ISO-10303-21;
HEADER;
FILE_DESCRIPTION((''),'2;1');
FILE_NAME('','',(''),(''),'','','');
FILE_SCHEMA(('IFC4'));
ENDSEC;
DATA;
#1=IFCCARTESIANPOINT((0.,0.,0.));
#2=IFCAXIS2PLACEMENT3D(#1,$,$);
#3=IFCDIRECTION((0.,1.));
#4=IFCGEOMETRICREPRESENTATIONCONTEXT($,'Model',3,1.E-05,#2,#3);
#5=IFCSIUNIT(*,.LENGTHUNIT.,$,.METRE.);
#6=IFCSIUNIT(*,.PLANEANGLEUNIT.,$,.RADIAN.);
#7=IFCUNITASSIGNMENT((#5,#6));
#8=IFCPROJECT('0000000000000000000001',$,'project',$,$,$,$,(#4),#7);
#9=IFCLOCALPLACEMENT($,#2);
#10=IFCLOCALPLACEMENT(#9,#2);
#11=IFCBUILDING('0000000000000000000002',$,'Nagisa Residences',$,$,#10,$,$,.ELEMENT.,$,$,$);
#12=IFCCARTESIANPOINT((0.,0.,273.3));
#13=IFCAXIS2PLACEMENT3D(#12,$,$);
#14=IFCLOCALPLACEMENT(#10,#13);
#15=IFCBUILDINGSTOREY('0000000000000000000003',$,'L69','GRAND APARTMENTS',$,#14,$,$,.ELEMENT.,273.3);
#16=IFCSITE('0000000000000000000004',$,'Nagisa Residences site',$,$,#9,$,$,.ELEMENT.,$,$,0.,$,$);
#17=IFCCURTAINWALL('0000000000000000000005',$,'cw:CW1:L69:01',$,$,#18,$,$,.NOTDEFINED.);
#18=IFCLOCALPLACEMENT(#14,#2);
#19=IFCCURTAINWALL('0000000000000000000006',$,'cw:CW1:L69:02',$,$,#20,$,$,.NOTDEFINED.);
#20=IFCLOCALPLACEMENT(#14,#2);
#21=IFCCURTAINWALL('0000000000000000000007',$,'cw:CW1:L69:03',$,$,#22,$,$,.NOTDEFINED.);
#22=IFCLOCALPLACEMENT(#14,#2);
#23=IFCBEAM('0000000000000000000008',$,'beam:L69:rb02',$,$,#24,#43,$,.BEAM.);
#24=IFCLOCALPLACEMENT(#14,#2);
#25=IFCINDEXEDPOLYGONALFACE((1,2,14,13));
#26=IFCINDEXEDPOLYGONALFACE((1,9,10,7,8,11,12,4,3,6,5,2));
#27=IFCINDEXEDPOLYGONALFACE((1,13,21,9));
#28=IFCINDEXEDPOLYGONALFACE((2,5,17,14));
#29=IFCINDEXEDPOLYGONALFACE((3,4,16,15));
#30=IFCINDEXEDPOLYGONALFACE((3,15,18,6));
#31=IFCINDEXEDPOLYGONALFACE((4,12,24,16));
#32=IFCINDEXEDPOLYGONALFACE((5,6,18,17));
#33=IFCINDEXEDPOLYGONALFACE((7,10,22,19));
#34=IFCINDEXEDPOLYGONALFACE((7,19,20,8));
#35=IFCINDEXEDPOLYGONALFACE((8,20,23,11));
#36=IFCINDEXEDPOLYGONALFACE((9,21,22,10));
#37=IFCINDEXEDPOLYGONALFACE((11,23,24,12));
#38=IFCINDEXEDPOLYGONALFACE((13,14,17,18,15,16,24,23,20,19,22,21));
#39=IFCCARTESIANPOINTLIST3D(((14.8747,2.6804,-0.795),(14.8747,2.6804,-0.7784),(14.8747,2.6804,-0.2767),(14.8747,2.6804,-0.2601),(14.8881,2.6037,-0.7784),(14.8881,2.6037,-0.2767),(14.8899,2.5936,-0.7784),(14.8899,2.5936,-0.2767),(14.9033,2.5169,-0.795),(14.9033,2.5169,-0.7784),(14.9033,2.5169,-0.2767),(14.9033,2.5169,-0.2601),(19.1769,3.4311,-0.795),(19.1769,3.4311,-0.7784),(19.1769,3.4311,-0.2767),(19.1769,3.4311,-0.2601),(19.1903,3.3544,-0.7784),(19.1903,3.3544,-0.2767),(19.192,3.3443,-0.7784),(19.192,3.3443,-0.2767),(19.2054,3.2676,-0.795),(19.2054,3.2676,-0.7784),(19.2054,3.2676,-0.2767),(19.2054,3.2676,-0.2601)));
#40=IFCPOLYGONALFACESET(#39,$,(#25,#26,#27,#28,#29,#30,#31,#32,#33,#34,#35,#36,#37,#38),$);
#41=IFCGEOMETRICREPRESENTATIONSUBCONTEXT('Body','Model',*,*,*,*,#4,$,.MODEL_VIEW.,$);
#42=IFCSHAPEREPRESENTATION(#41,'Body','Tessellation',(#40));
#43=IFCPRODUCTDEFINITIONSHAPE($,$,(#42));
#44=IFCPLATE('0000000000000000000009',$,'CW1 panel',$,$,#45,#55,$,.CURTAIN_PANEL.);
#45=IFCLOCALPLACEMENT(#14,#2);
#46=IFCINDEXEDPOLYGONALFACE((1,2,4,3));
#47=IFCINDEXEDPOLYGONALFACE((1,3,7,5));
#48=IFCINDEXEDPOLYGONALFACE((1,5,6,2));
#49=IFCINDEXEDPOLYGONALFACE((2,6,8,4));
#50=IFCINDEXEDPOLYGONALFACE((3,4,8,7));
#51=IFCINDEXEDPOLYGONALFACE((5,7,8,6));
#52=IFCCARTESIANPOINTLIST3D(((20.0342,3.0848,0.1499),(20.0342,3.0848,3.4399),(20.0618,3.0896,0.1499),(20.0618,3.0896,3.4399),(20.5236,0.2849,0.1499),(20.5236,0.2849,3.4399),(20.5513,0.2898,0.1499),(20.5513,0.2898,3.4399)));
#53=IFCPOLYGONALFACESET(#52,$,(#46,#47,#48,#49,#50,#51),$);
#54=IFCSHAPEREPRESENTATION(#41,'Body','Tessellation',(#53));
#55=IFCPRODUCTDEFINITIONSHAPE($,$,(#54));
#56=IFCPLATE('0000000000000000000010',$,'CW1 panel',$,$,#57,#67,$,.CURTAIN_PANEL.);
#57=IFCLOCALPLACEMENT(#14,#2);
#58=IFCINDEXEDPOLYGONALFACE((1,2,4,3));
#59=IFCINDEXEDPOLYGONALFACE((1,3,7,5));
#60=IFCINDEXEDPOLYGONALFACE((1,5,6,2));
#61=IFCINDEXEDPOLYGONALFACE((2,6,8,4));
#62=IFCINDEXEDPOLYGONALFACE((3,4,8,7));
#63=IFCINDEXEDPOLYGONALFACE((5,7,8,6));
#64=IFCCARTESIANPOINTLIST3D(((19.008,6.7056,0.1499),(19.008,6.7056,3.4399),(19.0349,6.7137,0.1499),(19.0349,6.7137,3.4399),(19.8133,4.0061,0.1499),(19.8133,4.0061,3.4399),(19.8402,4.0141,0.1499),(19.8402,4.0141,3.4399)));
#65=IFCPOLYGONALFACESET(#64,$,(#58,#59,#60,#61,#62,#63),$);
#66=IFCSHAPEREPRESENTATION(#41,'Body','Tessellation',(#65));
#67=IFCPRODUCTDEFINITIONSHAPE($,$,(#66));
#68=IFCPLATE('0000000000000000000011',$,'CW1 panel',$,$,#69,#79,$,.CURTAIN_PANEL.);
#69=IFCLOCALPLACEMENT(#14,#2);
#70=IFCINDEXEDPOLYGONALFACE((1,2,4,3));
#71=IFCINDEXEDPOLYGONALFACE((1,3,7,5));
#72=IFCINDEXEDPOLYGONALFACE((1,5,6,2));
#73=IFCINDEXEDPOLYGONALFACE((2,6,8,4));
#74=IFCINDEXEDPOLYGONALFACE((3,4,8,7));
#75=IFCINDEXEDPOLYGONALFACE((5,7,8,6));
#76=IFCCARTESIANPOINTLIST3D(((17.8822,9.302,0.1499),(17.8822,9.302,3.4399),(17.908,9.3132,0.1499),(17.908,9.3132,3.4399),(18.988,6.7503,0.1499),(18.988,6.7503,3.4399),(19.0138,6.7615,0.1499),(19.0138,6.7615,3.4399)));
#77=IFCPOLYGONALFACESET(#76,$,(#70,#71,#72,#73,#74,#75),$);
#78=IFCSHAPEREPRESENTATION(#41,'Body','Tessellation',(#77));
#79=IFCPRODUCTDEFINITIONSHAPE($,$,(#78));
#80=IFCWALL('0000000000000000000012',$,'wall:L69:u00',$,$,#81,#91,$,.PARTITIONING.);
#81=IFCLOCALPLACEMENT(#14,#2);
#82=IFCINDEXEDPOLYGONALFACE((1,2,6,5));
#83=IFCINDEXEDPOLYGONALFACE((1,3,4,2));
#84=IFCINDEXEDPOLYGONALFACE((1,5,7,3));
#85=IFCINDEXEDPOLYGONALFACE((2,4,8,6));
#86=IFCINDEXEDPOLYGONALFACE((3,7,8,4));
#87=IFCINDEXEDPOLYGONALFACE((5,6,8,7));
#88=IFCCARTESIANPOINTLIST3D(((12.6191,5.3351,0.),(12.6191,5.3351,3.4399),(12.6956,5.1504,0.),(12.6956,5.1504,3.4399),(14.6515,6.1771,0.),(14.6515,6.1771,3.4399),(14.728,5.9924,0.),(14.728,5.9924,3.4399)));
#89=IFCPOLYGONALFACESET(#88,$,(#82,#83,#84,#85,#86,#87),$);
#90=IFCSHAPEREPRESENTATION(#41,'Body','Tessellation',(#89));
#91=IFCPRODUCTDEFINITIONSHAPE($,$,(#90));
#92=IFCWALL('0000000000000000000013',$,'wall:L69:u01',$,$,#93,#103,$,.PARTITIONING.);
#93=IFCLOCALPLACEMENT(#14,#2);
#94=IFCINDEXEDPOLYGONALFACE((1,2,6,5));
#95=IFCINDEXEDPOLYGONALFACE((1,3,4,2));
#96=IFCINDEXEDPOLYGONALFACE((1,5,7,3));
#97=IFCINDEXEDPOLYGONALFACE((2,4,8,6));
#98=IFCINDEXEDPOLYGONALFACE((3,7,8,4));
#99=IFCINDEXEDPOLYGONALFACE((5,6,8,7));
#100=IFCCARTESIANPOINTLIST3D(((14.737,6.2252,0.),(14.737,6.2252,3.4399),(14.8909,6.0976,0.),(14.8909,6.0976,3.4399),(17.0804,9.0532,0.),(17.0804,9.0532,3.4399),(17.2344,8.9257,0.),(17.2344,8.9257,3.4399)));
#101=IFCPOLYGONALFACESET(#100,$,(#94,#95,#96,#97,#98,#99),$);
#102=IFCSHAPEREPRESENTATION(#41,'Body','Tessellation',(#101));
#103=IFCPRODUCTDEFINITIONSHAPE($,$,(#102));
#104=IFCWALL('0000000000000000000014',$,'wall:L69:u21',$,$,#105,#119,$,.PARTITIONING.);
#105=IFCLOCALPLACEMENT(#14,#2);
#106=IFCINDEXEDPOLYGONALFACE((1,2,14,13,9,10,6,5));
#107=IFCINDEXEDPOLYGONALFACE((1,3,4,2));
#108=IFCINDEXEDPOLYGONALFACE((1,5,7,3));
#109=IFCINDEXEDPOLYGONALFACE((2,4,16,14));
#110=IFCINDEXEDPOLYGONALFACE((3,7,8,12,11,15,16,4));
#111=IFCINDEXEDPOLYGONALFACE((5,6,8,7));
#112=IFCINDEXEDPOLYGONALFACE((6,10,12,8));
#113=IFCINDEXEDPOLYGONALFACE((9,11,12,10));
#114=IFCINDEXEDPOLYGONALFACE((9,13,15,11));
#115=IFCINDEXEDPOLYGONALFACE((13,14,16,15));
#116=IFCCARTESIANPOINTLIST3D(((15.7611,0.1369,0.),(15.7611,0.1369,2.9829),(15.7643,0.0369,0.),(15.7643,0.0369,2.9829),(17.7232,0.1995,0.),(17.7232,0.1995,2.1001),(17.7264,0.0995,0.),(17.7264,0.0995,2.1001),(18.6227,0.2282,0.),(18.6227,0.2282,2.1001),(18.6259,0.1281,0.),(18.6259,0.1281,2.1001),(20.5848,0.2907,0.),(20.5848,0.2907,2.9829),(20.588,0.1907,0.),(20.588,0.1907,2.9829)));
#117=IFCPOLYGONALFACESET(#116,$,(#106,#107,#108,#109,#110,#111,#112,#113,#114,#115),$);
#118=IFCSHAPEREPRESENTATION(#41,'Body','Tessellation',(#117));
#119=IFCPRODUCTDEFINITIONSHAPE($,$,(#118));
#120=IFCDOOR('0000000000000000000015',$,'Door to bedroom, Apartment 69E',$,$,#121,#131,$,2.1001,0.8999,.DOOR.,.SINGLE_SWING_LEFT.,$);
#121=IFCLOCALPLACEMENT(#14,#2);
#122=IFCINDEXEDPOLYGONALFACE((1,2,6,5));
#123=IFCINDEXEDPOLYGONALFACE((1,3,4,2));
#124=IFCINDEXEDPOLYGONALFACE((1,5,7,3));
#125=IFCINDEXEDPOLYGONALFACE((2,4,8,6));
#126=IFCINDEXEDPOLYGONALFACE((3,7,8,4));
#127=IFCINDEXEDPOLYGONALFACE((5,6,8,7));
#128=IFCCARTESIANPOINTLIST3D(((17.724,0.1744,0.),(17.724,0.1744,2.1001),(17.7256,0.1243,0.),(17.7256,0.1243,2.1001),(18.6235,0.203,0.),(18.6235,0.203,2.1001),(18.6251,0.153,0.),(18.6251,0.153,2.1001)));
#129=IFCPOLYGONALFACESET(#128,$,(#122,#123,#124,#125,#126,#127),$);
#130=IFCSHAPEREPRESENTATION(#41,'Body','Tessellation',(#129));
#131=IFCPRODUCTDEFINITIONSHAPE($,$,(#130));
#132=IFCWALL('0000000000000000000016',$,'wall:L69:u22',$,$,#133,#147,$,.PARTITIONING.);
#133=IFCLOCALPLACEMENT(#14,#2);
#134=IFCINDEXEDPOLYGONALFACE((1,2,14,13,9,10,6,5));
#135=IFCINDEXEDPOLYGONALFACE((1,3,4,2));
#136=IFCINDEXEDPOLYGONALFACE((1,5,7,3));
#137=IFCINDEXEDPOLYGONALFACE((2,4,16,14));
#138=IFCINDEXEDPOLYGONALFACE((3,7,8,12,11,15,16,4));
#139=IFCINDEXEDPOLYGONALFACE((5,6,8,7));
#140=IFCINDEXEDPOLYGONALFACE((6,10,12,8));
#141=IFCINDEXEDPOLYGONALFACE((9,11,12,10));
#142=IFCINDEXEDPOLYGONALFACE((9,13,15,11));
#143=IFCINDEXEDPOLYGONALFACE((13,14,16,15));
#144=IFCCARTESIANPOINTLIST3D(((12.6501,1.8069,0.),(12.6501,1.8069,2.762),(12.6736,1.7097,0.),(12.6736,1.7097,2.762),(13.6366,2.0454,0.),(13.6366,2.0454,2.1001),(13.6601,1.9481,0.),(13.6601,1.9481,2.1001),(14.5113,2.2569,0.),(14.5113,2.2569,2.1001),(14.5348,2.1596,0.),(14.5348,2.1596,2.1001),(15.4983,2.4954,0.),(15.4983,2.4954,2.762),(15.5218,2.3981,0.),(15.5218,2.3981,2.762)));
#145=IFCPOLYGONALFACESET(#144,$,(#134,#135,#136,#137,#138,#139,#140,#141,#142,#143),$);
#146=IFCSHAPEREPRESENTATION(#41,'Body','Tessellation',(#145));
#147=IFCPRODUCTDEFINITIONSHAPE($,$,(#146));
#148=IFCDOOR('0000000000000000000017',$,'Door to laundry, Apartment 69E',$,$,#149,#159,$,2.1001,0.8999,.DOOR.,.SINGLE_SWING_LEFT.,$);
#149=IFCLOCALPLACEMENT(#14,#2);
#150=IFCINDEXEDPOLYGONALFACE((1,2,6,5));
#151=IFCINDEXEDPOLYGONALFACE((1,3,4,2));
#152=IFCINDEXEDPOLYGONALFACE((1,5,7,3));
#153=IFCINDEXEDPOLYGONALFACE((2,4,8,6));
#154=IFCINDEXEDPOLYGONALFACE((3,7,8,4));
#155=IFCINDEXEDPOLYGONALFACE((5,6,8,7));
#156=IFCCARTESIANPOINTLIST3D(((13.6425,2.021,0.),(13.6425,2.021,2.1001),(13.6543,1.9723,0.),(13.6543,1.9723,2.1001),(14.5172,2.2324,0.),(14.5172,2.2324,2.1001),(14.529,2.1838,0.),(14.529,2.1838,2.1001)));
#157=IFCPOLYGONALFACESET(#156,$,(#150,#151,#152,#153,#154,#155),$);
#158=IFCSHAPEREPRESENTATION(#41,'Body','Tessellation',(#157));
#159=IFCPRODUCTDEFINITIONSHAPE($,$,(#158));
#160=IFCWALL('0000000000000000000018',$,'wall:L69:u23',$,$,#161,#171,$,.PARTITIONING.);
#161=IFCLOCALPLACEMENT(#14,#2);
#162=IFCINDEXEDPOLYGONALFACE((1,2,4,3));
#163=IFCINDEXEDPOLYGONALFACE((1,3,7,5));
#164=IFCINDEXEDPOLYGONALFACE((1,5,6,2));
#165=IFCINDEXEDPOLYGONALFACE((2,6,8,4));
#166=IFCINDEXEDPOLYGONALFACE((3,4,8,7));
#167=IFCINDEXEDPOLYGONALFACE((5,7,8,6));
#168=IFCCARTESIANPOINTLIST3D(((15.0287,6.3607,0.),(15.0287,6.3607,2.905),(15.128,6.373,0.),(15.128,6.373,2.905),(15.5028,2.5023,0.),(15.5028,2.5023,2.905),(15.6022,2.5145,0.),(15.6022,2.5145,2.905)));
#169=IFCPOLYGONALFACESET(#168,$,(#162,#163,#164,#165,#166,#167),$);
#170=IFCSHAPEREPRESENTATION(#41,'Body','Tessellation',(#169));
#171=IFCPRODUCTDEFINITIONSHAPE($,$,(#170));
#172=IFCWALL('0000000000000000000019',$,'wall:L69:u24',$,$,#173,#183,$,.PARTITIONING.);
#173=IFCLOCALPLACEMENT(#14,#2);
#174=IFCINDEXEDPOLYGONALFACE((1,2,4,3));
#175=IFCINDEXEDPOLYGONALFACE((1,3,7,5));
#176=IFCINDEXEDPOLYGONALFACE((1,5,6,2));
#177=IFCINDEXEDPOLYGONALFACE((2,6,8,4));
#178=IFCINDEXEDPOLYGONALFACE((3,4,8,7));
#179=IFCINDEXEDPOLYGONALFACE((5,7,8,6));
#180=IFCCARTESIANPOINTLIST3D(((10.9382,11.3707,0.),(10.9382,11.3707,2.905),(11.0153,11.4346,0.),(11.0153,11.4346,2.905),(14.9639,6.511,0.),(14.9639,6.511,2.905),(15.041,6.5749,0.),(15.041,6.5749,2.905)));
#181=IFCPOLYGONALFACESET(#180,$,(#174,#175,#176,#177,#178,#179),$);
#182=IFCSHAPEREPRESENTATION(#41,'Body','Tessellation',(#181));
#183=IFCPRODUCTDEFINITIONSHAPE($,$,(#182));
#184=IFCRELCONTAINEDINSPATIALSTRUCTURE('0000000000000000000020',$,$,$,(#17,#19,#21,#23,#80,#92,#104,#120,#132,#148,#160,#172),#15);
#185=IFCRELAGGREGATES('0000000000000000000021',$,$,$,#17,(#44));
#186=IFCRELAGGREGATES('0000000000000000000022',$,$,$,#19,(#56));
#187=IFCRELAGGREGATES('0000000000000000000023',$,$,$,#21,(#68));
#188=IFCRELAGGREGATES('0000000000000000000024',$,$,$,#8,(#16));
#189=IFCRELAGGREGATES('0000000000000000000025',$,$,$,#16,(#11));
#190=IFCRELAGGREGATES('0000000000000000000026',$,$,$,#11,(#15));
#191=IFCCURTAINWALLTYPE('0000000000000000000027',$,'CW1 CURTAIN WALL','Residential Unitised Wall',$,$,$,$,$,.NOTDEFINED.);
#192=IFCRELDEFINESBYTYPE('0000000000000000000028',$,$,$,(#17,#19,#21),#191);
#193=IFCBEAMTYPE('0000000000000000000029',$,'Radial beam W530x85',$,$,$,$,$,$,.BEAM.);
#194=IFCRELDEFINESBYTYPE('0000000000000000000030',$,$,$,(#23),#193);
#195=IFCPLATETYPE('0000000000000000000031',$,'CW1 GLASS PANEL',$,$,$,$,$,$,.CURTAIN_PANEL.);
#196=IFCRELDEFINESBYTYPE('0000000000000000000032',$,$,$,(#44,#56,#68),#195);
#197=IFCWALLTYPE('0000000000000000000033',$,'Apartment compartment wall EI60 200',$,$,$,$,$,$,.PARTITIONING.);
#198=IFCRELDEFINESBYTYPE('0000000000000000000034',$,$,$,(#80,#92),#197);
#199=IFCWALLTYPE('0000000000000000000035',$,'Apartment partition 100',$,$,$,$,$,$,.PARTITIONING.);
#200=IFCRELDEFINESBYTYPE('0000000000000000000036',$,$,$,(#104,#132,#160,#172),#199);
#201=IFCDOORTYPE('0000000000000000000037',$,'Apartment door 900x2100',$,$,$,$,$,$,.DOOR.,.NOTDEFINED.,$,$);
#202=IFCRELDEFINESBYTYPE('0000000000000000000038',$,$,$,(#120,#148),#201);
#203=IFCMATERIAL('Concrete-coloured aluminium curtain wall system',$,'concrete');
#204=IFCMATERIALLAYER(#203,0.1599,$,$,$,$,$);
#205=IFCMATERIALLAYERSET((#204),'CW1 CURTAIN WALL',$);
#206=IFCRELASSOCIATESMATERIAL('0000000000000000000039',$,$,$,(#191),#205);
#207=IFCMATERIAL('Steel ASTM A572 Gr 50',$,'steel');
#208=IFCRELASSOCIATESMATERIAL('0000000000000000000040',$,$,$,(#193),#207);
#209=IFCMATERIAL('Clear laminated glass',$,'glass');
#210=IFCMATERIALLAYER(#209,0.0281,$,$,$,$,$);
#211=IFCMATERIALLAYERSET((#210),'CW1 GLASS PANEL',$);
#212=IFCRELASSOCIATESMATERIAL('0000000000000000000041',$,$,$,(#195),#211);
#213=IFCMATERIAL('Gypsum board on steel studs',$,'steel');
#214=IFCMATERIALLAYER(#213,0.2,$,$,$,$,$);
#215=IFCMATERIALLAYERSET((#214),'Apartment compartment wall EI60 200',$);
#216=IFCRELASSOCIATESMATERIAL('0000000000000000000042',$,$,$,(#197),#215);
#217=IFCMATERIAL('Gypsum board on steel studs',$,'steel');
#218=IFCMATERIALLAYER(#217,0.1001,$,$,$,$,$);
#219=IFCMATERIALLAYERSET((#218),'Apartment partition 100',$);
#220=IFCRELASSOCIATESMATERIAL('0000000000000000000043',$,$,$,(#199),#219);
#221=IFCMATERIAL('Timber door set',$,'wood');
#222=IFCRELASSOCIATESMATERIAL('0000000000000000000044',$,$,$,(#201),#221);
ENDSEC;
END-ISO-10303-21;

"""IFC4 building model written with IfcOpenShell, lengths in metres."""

from ifc_helpers import new_model, si_unit, direction, frame, frame_2d, origin, origin_2d, place, context, subcontext, project, spatial, rectangle, i_section, extrude, material, layer, layer_set, material_profile, profile_set, type_object, element, fill, aggregate, save


model = new_model("IFC4")

# Units and contexts
model_context = context("Model", 3, precision=1e-05, world=origin(), true_north=direction((0.0, 1.0)))
body_context = subcontext(model_context, "Body", "Model", "MODEL_VIEW")
ifc_project = project(units=[si_unit("LENGTHUNIT", "METRE"), si_unit("PLANEANGLEUNIT", "RADIAN")], contexts=[model_context])

# Site, building, storey
site_placement = place(None, origin())
site = spatial("IfcSite", under=ifc_project, at=site_placement, Name="Nagisa Residences site", CompositionType="ELEMENT", RefElevation=0.0)
building_placement = place(site_placement, origin())
building = spatial("IfcBuilding", under=site, at=building_placement, Name="Nagisa Residences", CompositionType="ELEMENT")
storey_placement = place(building_placement, frame((0.0, 0.0, 273.3)))
storey = spatial("IfcBuildingStorey", under=building, at=storey_placement, Name="L69", Description="GRAND APARTMENTS", CompositionType="ELEMENT", Elevation=273.3)

# Curtain walls
ifc_material_1 = material(Name="Concrete-coloured aluminium curtain wall system", Category="concrete")
ifc_layer_1 = layer(ifc_material_1, 0.1599)
ifc_layer_set_1 = layer_set([ifc_layer_1], Name="CW1 CURTAIN WALL")
curtain_wall_type = type_object("IfcCurtainWallType", Name="CW1 CURTAIN WALL", Description="Residential Unitised Wall", PredefinedType="NOTDEFINED", material=ifc_layer_set_1)
curtain_wall_1_placement = place(storey_placement, origin())
curtain_wall_1 = element("IfcCurtainWall", 1, at=curtain_wall_1_placement, inside=storey, type_object=curtain_wall_type, Name="cw:CW1:L69:01", PredefinedType="NOTDEFINED")
curtain_wall_2_placement = place(storey_placement, origin())
curtain_wall_2 = element("IfcCurtainWall", 2, at=curtain_wall_2_placement, inside=storey, type_object=curtain_wall_type, Name="cw:CW1:L69:02", PredefinedType="NOTDEFINED")
curtain_wall_3_placement = place(storey_placement, origin())
curtain_wall_3 = element("IfcCurtainWall", 3, at=curtain_wall_3_placement, inside=storey, type_object=curtain_wall_type, Name="cw:CW1:L69:03", PredefinedType="NOTDEFINED")

# Beam
ifc_material_2 = material(Name="Steel ASTM A572 Gr 50", Category="steel")
ifc_material_profile_1 = material_profile(ifc_material_2, i_section(OverallWidth=0.166, OverallDepth=0.5349, WebThickness=0.0103, FlangeThickness=0.0166, at=origin_2d()), Name="W530x85")
ifc_profile_set_1 = profile_set([ifc_material_profile_1], Name="Steel ASTM A572 Gr 50")
beam_type_1 = type_object("IfcBeamType", Name="Radial beam W530x85", PredefinedType="BEAM", material=ifc_profile_set_1)
beam_1_placement = place(storey_placement, frame((19.1912, 3.3494, -0.5276), z_axis=(-0.985114, -0.1719, 0.0), x_axis=(0.1719, -0.985114, 0.0)))
element("IfcBeam", 4, at=beam_1_placement, inside=storey, type_object=beam_type_1, Name="beam:L69:rb02", PredefinedType="BEAM", context=body_context, shape_type="SweptSolid", body=[
    extrude(i_section(OverallWidth=0.166, OverallDepth=0.5349, WebThickness=0.0103, FlangeThickness=0.0166, at=origin_2d()), origin(), (0.0, 0.0, 1.0), 4.3672),
])

# Plates
ifc_material_3 = material(Name="Clear laminated glass", Category="glass")
ifc_layer_2 = layer(ifc_material_3, 0.0281)
ifc_layer_set_2 = layer_set([ifc_layer_2], Name="CW1 GLASS PANEL")
plate_type = type_object("IfcPlateType", Name="CW1 GLASS PANEL", PredefinedType="CURTAIN_PANEL", material=ifc_layer_set_2)
plate_1_placement = place(storey_placement, frame((20.2927, 1.6873, 0.1499), z_axis=(0.0, 0.0, 1.0), x_axis=(-0.172191, 0.985064, 0.0)))
plate_1 = element("IfcPlate", 5, at=plate_1_placement, type_object=plate_type, Name="CW1 panel", PredefinedType="CURTAIN_PANEL", context=body_context, shape_type="SweptSolid", body=[
    extrude(rectangle(XDim=2.8423, YDim=0.0281, at=origin_2d()), origin(), (0.0, 0.0, 1.0), 3.29),
])
aggregate(curtain_wall_1, [plate_1])
plate_2_placement = place(storey_placement, frame((19.4241, 5.3599, 0.1499), z_axis=(0.0, 0.0, 1.0), x_axis=(-0.28586, 0.958271, 0.0)))
plate_2 = element("IfcPlate", 6, at=plate_2_placement, type_object=plate_type, Name="CW1 panel", PredefinedType="CURTAIN_PANEL", context=body_context, shape_type="SweptSolid", body=[
    extrude(rectangle(XDim=2.8171, YDim=0.0281, at=origin_2d()), origin(), (0.0, 0.0, 1.0), 3.29),
])
aggregate(curtain_wall_2, [plate_2])
plate_3_placement = place(storey_placement, frame((18.448, 8.0317, 0.1499), z_axis=(0.0, 0.0, 1.0), x_axis=(-0.397636, 0.917543, 0.0)))
plate_3 = element("IfcPlate", 7, at=plate_3_placement, type_object=plate_type, Name="CW1 panel", PredefinedType="CURTAIN_PANEL", context=body_context, shape_type="SweptSolid", body=[
    extrude(rectangle(XDim=2.781, YDim=0.0281, at=origin_2d()), origin(), (0.0, 0.0, 1.0), 3.29),
])
aggregate(curtain_wall_3, [plate_3])

# Walls
ifc_material_4 = material(Name="Gypsum board on steel studs", Category="steel")
ifc_layer_3 = layer(ifc_material_4, 0.2)
ifc_layer_set_3 = layer_set([ifc_layer_3], Name="Apartment compartment wall EI60 200")
wall_type_1 = type_object("IfcWallType", Name="Apartment compartment wall EI60 200", PredefinedType="PARTITIONING", material=ifc_layer_set_3)
wall_1_placement = place(storey_placement, frame((12.6572, 5.2427, 0.0), z_axis=(0.0, 0.0, 1.0), x_axis=(0.923853, 0.382747, 0.0)))
element("IfcWall", 8, at=wall_1_placement, inside=storey, type_object=wall_type_1, Name="wall:L69:u00", PredefinedType="PARTITIONING", context=body_context, shape_type="SweptSolid", body=[
    extrude(rectangle(XDim=2.2, YDim=0.2, at=frame_2d((1.1001, 0.0))), origin(), (0.0, 0.0, 1.0), 3.4399),
])
wall_2_placement = place(storey_placement, frame((14.814, 6.1614, 0.0), z_axis=(0.0, 0.0, 1.0), x_axis=(0.638051, 0.769995, 0.0)))
element("IfcWall", 9, at=wall_2_placement, inside=storey, type_object=wall_type_1, Name="wall:L69:u01", PredefinedType="PARTITIONING", context=body_context, shape_type="SweptSolid", body=[
    extrude(rectangle(XDim=3.6729, YDim=0.2, at=frame_2d((1.8364, 0.0))), origin(), (0.0, 0.0, 1.0), 3.4399),
])

# Walls, openings, doors
ifc_material_5 = material(Name="Gypsum board on steel studs", Category="steel")
ifc_layer_4 = layer(ifc_material_5, 0.1001)
ifc_layer_set_4 = layer_set([ifc_layer_4], Name="Apartment partition 100")
wall_type_2 = type_object("IfcWallType", Name="Apartment partition 100", PredefinedType="PARTITIONING", material=ifc_layer_set_4)
wall_3_placement = place(storey_placement, frame((15.7627, 0.0869, 0.0), z_axis=(0.0, 0.0, 1.0), x_axis=(0.999492, 0.03187, 0.0)))
wall_3 = element("IfcWall", 10, at=wall_3_placement, inside=storey, type_object=wall_type_2, Name="wall:L69:u21", PredefinedType="PARTITIONING", context=body_context, shape_type="SweptSolid", body=[
    extrude(rectangle(XDim=4.8262, YDim=0.1001, at=frame_2d((2.4131, 0.0))), origin(), (0.0, 0.0, 1.0), 2.9829),
])
opening_1_placement = place(wall_3_placement, frame((1.9631, 0.0, 0.0)))
opening_1 = element("IfcOpeningElement", 11, at=opening_1_placement, cuts=wall_3, PredefinedType="OPENING", context=body_context, shape_type="SweptSolid", body=[
    extrude(rectangle(XDim=0.8999, YDim=2.1001, at=frame_2d((0.45, 1.05))), frame((0.0, 0.0601, 0.0), z_axis=(0.0, -1.0, 0.0), x_axis=(1.0, 0.0, 0.0)), (0.0, 0.0, 1.0), 0.1201),
])
ifc_material_6 = material(Name="Timber door set", Category="wood")
door_type_1 = type_object("IfcDoorType", Name="Apartment door 900x2100", OperationType="NOTDEFINED", PredefinedType="DOOR", material=ifc_material_6)
door_1_placement = place(opening_1_placement, origin())
door_1 = element("IfcDoor", 12, at=door_1_placement, inside=storey, type_object=door_type_1, Name="Door to bedroom, Apartment 69E", OperationType="SINGLE_SWING_LEFT", OverallHeight=2.1001, OverallWidth=0.8999, PredefinedType="DOOR", context=body_context, shape_type="SweptSolid", body=[
    extrude(rectangle(XDim=0.8999, YDim=2.1001, at=frame_2d((0.45, 1.05))), frame((0.0, 0.0249, 0.0), z_axis=(0.0, -1.0, 0.0), x_axis=(1.0, 0.0, 0.0)), (0.0, 0.0, 1.0), 0.05),
])
fill(opening_1, door_1)
wall_4_placement = place(storey_placement, frame((12.6619, 1.7583, 0.0), z_axis=(0.0, 0.0, 1.0), x_axis=(0.972005, 0.234961, 0.0)))
wall_4 = element("IfcWall", 13, at=wall_4_placement, inside=storey, type_object=wall_type_2, Name="wall:L69:u22", PredefinedType="PARTITIONING", context=body_context, shape_type="SweptSolid", body=[
    extrude(rectangle(XDim=2.9302, YDim=0.1001, at=frame_2d((1.4651, 0.0))), origin(), (0.0, 0.0, 1.0), 2.762),
])
opening_2_placement = place(wall_4_placement, frame((1.0149, 0.0, 0.0)))
opening_2 = element("IfcOpeningElement", 14, at=opening_2_placement, cuts=wall_4, PredefinedType="OPENING", context=body_context, shape_type="SweptSolid", body=[
    extrude(rectangle(XDim=0.8999, YDim=2.1001, at=frame_2d((0.45, 1.05))), frame((0.0, 0.0601, 0.0), z_axis=(0.0, -1.0, 0.0), x_axis=(1.0, 0.0, 0.0)), (0.0, 0.0, 1.0), 0.1201),
])
door_2_placement = place(opening_2_placement, origin())
door_2 = element("IfcDoor", 15, at=door_2_placement, inside=storey, type_object=door_type_1, Name="Door to laundry, Apartment 69E", OperationType="SINGLE_SWING_LEFT", OverallHeight=2.1001, OverallWidth=0.8999, PredefinedType="DOOR", context=body_context, shape_type="SweptSolid", body=[
    extrude(rectangle(XDim=0.8999, YDim=2.1001, at=frame_2d((0.45, 1.05))), frame((0.0, 0.0249, 0.0), z_axis=(0.0, -1.0, 0.0), x_axis=(1.0, 0.0, 0.0)), (0.0, 0.0, 1.0), 0.05),
])
fill(opening_2, door_2)

# Walls
wall_5_placement = place(storey_placement, frame((15.5525, 2.5083, 0.0), z_axis=(0.0, 0.0, 1.0), x_axis=(-0.121963, 0.992535, 0.0)))
element("IfcWall", 16, at=wall_5_placement, inside=storey, type_object=wall_type_2, Name="wall:L69:u23", PredefinedType="PARTITIONING", context=body_context, shape_type="SweptSolid", body=[
    extrude(rectangle(XDim=3.8875, YDim=0.1001, at=frame_2d((1.9438, 0.0))), origin(), (0.0, 0.0, 1.0), 2.905),
])
wall_6_placement = place(storey_placement, frame((15.0024, 6.543, 0.0), z_axis=(0.0, 0.0, 1.0), x_axis=(-0.637933, 0.770092, 0.0)))
element("IfcWall", 17, at=wall_6_placement, inside=storey, type_object=wall_type_2, Name="wall:L69:u24", PredefinedType="PARTITIONING", context=body_context, shape_type="SweptSolid", body=[
    extrude(rectangle(XDim=6.3105, YDim=0.1001, at=frame_2d((3.1553, 0.0))), origin(), (0.0, 0.0, 1.0), 2.905),
])

save(model, "model.ifc")
